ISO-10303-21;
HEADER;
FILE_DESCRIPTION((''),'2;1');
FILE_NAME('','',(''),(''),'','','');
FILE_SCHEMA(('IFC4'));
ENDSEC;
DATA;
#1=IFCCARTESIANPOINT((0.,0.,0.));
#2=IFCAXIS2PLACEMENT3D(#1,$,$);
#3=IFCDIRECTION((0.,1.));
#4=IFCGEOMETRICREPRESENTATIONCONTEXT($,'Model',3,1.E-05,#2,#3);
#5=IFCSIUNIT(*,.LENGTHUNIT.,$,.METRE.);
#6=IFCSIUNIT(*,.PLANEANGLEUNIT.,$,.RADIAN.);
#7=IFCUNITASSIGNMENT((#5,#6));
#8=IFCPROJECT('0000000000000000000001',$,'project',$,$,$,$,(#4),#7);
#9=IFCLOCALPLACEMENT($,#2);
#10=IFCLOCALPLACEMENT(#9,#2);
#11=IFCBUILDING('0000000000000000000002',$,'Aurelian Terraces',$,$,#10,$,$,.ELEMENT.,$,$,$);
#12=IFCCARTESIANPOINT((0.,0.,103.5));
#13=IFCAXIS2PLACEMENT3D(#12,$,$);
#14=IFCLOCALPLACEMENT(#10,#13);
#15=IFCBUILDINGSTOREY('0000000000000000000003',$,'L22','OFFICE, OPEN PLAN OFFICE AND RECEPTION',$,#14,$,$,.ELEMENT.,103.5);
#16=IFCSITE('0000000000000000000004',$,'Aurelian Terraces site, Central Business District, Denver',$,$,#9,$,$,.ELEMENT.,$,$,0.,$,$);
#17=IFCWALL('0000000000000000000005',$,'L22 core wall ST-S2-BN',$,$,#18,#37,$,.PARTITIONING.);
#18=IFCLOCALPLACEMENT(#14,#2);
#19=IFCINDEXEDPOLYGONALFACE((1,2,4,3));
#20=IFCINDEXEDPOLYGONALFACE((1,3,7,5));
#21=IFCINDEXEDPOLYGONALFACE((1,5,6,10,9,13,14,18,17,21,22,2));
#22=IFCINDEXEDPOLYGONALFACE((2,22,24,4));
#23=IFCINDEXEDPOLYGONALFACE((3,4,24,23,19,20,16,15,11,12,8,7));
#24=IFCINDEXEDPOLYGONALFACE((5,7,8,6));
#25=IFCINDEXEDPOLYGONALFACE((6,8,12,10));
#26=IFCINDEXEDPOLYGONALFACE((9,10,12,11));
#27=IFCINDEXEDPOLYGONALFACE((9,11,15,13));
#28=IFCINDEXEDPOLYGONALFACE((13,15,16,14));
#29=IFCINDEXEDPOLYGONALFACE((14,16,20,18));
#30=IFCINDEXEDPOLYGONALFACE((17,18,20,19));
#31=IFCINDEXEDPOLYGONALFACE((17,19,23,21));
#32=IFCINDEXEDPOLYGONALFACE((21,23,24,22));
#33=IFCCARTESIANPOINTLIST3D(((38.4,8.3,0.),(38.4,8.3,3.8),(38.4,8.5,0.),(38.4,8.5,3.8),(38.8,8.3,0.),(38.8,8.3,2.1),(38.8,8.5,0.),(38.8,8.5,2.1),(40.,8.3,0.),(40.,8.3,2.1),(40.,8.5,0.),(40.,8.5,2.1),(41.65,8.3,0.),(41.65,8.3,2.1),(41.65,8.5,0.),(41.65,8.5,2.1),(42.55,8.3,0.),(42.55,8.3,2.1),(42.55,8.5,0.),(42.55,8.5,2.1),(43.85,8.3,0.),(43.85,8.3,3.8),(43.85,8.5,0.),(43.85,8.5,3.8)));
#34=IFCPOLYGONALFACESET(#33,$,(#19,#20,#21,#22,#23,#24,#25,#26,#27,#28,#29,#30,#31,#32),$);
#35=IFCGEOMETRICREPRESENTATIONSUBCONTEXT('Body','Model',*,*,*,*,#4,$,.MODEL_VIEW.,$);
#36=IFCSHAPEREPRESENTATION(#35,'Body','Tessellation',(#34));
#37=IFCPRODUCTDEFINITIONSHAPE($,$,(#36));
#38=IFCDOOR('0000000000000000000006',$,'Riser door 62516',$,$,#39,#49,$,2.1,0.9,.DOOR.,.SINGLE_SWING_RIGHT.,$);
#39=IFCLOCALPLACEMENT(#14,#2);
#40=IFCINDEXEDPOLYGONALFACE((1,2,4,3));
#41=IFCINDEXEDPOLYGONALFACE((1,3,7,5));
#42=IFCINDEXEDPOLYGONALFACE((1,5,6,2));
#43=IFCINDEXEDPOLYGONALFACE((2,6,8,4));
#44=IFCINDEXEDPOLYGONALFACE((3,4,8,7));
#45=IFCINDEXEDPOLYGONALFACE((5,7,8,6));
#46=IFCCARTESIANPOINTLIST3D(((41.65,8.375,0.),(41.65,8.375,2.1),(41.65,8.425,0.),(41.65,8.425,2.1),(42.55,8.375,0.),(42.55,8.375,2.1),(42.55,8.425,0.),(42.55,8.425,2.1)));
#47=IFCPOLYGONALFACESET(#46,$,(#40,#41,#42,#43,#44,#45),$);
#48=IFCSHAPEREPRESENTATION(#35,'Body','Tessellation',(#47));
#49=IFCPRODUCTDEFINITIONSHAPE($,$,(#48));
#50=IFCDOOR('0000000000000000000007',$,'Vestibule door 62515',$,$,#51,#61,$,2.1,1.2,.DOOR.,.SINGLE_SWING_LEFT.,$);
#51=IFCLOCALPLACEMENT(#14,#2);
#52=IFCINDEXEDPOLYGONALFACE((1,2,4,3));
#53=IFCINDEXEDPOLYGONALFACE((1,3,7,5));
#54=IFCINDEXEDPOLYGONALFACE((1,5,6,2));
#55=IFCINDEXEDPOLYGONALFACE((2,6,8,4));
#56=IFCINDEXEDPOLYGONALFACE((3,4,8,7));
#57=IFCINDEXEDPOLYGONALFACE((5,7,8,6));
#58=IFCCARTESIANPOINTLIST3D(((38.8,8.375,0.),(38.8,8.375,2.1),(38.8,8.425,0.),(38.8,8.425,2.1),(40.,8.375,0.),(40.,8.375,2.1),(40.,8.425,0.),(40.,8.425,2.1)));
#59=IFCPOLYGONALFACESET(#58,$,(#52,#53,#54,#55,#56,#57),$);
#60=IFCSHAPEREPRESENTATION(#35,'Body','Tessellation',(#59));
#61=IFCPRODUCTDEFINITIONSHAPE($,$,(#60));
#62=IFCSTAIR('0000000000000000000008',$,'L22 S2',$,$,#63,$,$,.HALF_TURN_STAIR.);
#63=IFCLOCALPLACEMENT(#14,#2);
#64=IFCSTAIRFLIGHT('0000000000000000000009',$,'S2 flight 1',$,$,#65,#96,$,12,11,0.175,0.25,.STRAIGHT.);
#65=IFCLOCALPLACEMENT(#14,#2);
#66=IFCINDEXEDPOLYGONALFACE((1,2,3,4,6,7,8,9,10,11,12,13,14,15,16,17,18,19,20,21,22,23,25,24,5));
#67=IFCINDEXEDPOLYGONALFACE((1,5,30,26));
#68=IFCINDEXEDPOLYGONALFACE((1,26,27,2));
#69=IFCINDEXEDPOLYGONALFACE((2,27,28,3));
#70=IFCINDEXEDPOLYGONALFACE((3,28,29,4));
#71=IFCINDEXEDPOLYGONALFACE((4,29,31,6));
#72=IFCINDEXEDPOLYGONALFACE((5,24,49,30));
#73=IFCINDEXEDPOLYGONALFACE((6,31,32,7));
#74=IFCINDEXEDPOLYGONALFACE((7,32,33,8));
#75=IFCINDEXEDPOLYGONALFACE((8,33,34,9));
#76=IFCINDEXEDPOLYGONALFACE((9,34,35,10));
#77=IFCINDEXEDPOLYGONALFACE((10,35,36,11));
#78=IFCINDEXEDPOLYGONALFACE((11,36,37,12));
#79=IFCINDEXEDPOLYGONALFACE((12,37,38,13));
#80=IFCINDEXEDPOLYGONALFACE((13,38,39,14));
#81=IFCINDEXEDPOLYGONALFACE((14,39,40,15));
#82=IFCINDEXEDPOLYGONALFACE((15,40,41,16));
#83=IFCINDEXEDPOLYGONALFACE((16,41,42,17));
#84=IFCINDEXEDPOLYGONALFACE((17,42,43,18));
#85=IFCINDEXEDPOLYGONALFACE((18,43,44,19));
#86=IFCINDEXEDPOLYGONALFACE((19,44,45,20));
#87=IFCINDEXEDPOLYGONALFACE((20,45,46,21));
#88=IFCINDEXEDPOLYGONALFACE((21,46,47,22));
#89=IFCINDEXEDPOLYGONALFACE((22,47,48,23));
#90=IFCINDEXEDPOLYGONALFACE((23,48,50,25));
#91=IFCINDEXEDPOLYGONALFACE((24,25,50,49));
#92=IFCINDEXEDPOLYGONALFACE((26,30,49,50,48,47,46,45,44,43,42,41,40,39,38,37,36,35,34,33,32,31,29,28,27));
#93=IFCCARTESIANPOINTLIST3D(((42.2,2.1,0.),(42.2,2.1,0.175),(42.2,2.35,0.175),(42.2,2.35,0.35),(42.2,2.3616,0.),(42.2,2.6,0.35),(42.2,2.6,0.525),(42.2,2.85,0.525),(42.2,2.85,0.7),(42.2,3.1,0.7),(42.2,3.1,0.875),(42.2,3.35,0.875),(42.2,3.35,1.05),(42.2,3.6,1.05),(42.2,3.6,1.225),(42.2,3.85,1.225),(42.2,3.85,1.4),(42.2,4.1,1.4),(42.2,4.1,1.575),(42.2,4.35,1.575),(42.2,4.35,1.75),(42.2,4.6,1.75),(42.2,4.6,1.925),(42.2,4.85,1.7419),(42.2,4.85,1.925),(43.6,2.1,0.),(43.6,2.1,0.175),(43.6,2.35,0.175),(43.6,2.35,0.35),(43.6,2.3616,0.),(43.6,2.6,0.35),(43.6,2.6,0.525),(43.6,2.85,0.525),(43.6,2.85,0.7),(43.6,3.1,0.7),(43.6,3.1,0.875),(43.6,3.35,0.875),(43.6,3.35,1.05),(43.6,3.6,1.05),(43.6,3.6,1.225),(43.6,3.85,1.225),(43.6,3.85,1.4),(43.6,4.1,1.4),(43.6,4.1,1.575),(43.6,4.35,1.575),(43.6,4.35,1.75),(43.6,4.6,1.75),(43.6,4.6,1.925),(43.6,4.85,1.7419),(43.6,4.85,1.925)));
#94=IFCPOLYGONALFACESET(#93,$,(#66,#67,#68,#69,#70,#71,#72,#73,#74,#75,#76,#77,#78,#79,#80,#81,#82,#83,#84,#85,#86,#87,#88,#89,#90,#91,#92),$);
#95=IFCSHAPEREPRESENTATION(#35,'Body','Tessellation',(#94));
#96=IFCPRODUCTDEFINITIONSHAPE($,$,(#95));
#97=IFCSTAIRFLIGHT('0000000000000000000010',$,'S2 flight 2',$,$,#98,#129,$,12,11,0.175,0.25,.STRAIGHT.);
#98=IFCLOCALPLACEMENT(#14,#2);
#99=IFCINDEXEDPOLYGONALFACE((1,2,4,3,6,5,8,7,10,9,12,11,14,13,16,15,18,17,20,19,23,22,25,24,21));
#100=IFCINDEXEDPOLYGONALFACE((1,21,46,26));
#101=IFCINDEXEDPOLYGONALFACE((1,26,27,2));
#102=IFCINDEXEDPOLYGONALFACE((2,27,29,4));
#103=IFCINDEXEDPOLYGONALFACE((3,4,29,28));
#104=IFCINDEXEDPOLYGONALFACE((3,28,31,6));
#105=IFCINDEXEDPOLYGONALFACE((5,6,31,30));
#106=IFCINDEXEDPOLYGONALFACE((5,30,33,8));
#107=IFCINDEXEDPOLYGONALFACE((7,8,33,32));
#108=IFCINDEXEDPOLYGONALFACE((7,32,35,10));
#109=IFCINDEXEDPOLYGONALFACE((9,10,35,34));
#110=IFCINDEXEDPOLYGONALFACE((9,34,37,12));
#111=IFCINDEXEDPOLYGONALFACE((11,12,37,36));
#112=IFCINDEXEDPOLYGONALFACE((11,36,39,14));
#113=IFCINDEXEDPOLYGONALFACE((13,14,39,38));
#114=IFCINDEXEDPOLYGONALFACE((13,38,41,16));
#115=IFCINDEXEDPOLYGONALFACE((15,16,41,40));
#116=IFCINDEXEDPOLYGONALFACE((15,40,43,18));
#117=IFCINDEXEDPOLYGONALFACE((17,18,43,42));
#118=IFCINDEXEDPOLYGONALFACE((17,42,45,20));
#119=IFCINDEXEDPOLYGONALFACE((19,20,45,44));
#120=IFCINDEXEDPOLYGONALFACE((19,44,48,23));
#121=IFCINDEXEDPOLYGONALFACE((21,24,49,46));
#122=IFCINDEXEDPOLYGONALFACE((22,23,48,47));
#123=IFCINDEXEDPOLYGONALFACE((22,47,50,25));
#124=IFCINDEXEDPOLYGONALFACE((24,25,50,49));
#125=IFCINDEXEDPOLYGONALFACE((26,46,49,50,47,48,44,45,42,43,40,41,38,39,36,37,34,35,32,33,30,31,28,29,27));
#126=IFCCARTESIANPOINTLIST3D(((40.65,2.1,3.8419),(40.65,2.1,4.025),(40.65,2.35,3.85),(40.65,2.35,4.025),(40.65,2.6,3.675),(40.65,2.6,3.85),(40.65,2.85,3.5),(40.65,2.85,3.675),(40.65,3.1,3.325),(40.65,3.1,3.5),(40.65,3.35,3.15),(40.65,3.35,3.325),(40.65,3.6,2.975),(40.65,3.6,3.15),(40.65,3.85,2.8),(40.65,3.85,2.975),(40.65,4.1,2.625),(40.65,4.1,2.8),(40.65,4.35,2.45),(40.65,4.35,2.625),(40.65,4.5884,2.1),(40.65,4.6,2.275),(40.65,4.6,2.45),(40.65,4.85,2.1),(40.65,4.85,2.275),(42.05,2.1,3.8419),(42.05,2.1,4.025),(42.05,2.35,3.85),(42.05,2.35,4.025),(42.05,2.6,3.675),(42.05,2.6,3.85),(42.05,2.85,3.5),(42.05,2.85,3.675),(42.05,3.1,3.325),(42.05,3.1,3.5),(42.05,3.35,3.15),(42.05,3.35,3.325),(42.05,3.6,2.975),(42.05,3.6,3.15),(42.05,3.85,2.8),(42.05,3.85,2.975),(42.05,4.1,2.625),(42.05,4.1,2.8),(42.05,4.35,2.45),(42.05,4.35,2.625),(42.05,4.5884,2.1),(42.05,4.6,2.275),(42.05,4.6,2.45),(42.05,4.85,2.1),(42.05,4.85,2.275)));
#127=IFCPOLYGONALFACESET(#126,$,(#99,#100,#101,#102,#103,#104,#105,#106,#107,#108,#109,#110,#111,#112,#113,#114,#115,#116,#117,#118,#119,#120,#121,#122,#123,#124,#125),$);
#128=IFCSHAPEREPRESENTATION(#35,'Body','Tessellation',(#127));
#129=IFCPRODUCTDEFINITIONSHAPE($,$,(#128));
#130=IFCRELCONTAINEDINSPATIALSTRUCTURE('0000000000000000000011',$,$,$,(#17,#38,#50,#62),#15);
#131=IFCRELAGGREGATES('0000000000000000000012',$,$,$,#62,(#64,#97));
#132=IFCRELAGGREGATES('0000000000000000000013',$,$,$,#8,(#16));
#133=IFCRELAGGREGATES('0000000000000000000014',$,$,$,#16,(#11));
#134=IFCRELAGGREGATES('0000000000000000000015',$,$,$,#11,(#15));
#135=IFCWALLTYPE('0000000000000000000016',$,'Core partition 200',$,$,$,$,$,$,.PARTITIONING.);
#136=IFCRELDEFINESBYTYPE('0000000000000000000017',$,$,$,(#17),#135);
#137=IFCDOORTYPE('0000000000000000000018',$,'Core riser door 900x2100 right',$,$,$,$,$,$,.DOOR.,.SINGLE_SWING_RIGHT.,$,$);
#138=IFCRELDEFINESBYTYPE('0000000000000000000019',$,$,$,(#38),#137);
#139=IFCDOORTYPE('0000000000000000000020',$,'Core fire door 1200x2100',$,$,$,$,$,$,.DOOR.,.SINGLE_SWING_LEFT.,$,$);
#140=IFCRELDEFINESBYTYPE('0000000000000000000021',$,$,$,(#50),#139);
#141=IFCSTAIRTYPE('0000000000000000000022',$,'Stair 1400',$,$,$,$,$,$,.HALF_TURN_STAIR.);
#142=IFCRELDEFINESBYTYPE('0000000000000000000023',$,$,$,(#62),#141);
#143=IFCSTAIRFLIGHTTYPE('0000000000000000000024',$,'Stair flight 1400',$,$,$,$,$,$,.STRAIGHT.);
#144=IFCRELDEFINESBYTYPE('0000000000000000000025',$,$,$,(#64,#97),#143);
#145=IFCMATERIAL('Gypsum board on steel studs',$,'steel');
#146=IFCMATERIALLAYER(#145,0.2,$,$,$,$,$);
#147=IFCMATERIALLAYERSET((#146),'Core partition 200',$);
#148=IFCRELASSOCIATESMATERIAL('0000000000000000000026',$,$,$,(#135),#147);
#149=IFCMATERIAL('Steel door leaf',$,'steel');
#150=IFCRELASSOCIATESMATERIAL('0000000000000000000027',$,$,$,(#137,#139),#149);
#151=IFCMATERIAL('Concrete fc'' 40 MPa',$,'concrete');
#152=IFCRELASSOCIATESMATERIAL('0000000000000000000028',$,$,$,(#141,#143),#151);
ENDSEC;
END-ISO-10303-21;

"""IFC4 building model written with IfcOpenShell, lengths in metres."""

from ifc_helpers import new_model, si_unit, direction, frame, frame_2d, origin, place, context, subcontext, project, spatial, polyline, rectangle, outline, extrude, source, transform, mapped, material, layer, layer_set, type_object, element, fill, aggregate, save


model = new_model("IFC4")

# Units and contexts
model_context = context("Model", 3, precision=1e-05, world=origin(), true_north=direction((0.0, 1.0)))
body_context = subcontext(model_context, "Body", "Model", "MODEL_VIEW")
ifc_project = project(units=[si_unit("LENGTHUNIT", "METRE"), si_unit("PLANEANGLEUNIT", "RADIAN")], contexts=[model_context])

# Site, building, storey
site_placement = place(None, origin())
site = spatial("IfcSite", under=ifc_project, at=site_placement, Name="Aurelian Terraces site, Central Business District, Denver", CompositionType="ELEMENT", RefElevation=0.0)
building_placement = place(site_placement, origin())
building = spatial("IfcBuilding", under=site, at=building_placement, Name="Aurelian Terraces", CompositionType="ELEMENT")
storey_placement = place(building_placement, frame((0.0, 0.0, 103.5)))
storey = spatial("IfcBuildingStorey", under=building, at=storey_placement, Name="L22", Description="OFFICE, OPEN PLAN OFFICE AND RECEPTION", CompositionType="ELEMENT", Elevation=103.5)

# Shared definitions
ifc_material_1 = material(Name="Concrete fc' 40 MPa", Category="concrete")

# Shared definitions
ifc_material_2 = material(Name="Steel door leaf", Category="steel")

# Shared definitions
ifc_material_3 = material(Name="Gypsum board on steel studs", Category="steel")
ifc_layer_1 = layer(ifc_material_3, 0.2)
ifc_layer_set_1 = layer_set([ifc_layer_1], Name="Core partition 200")
wall_type_1 = type_object("IfcWallType", Name="Core partition 200", PredefinedType="PARTITIONING", material=ifc_layer_set_1)

# Wall, openings, doors
shared_shape_1 = source(origin(), body_context, "Body", "SweptSolid", [
    extrude(rectangle(XDim=5.45, YDim=0.2, at=frame_2d((2.725, 0.0))), origin(), (0.0, 0.0, 1.0), 3.8),
])
wall_1_placement = place(storey_placement, frame((38.4, 8.4, 0.0), z_axis=(0.0, 0.0, 1.0), x_axis=(1.0, 0.0, 0.0)))
wall_1 = element("IfcWall", 1, at=wall_1_placement, inside=storey, type_object=wall_type_1, Name="L22 core wall ST-S2-BN", PredefinedType="PARTITIONING", context=body_context, shape_type="MappedRepresentation", body=[
    mapped(shared_shape_1, transform((0.0, 0.0, 0.0), scale=1.0)),
])
shared_shape_2 = source(origin(), body_context, "Body", "SweptSolid", [
    extrude(rectangle(XDim=1.2, YDim=2.1, at=frame_2d((0.6, 1.05))), frame((0.0, 0.11, 0.0), z_axis=(0.0, -1.0, 0.0), x_axis=(1.0, 0.0, 0.0)), (0.0, 0.0, 1.0), 0.22),
])
opening_1_placement = place(wall_1_placement, frame((0.4, 0.0, 0.0)))
opening_1 = element("IfcOpeningElement", 2, at=opening_1_placement, cuts=wall_1, PredefinedType="OPENING", context=body_context, shape_type="MappedRepresentation", body=[
    mapped(shared_shape_2, transform((0.0, 0.0, 0.0), scale=1.0)),
])
shared_shape_3 = source(origin(), body_context, "Body", "SweptSolid", [
    extrude(rectangle(XDim=0.9, YDim=2.1, at=frame_2d((0.45, 1.05))), frame((0.0, 0.11, 0.0), z_axis=(0.0, -1.0, 0.0), x_axis=(1.0, 0.0, 0.0)), (0.0, 0.0, 1.0), 0.22),
])
opening_2_placement = place(wall_1_placement, frame((3.25, 0.0, 0.0)))
opening_2 = element("IfcOpeningElement", 3, at=opening_2_placement, cuts=wall_1, PredefinedType="OPENING", context=body_context, shape_type="MappedRepresentation", body=[
    mapped(shared_shape_3, transform((0.0, 0.0, 0.0), scale=1.0)),
])
door_type_1 = type_object("IfcDoorType", Name="Core riser door 900x2100 right", OperationType="SINGLE_SWING_RIGHT", PredefinedType="DOOR", material=ifc_material_2)
shared_shape_4 = source(origin(), body_context, "Body", "SweptSolid", [
    extrude(rectangle(XDim=0.9, YDim=2.1, at=frame_2d((0.45, 1.05))), frame((0.0, 0.025, 0.0), z_axis=(0.0, -1.0, 0.0), x_axis=(1.0, 0.0, 0.0)), (0.0, 0.0, 1.0), 0.05),
])
door_1_placement = place(opening_2_placement, origin())
door_1 = element("IfcDoor", 4, at=door_1_placement, inside=storey, type_object=door_type_1, Name="Riser door 62516", OperationType="SINGLE_SWING_RIGHT", OverallHeight=2.1, OverallWidth=0.9, PredefinedType="DOOR", context=body_context, shape_type="MappedRepresentation", body=[
    mapped(shared_shape_4, transform((0.0, 0.0, 0.0), scale=1.0)),
])
fill(opening_2, door_1)
door_type_2 = type_object("IfcDoorType", Name="Core fire door 1200x2100", OperationType="SINGLE_SWING_LEFT", PredefinedType="DOOR", material=ifc_material_2)
shared_shape_5 = source(origin(), body_context, "Body", "SweptSolid", [
    extrude(rectangle(XDim=1.2, YDim=2.1, at=frame_2d((0.6, 1.05))), frame((0.0, 0.025, 0.0), z_axis=(0.0, -1.0, 0.0), x_axis=(1.0, 0.0, 0.0)), (0.0, 0.0, 1.0), 0.05),
])
door_2_placement = place(opening_1_placement, origin())
door_2 = element("IfcDoor", 5, at=door_2_placement, inside=storey, type_object=door_type_2, Name="Vestibule door 62515", OperationType="SINGLE_SWING_LEFT", OverallHeight=2.1, OverallWidth=1.2, PredefinedType="DOOR", context=body_context, shape_type="MappedRepresentation", body=[
    mapped(shared_shape_5, transform((0.0, 0.0, 0.0), scale=1.0)),
])
fill(opening_1, door_2)

# Stair, stair flights
stair_type = type_object("IfcStairType", Name="Stair 1400", PredefinedType="HALF_TURN_STAIR", material=ifc_material_1)
stair_placement = place(storey_placement, origin())
stair = element("IfcStair", 6, at=stair_placement, inside=storey, type_object=stair_type, Name="L22 S2", PredefinedType="HALF_TURN_STAIR")
stair_flight_type = type_object("IfcStairFlightType", Name="Stair flight 1400", PredefinedType="STRAIGHT", material=ifc_material_1)
shared_shape_6 = source(origin(), body_context, "Body", "SweptSolid", [
    extrude(outline(polyline([(0.0, 0.0), (0.0, 0.175), (0.25, 0.175), (0.25, 0.35), (0.5, 0.35), (0.5, 0.525), (0.75, 0.525), (0.75, 0.7), (1.0, 0.7), (1.0, 0.875), (1.25, 0.875), (1.25, 1.05), (1.5, 1.05), (1.5, 1.225), (1.75, 1.225), (1.75, 1.4), (2.0, 1.4), (2.0, 1.575), (2.25, 1.575), (2.25, 1.75), (2.5, 1.75), (2.5, 1.925), (2.75, 1.925), (2.75, 2.1), (2.75, 1.7419), (0.2616, 0.0), (0.0, 0.0)])), frame((0.0, 0.7, 0.0), z_axis=(0.0, -1.0, 0.0), x_axis=(1.0, 0.0, 0.0)), (0.0, 0.0, 1.0), 1.4),
])
stair_flight_1_placement = place(storey_placement, frame((42.9, 2.1, 0.0), z_axis=(0.0, 0.0, 1.0), x_axis=(0.0, 1.0, 0.0)))
stair_flight_1 = element("IfcStairFlight", 7, at=stair_flight_1_placement, type_object=stair_flight_type, Name="S2 flight 1", NumberOfRisers=12, NumberOfTreads=11, PredefinedType="STRAIGHT", RiserHeight=0.175, TreadLength=0.25, context=body_context, shape_type="MappedRepresentation", body=[
    mapped(shared_shape_6, transform((0.0, 0.0, 0.0), scale=1.0)),
])
stair_flight_2_placement = place(storey_placement, frame((41.35, 4.85, 2.1), z_axis=(0.0, 0.0, 1.0), x_axis=(0.0, -1.0, 0.0)))
stair_flight_2 = element("IfcStairFlight", 8, at=stair_flight_2_placement, type_object=stair_flight_type, Name="S2 flight 2", NumberOfRisers=12, NumberOfTreads=11, PredefinedType="STRAIGHT", RiserHeight=0.175, TreadLength=0.25, context=body_context, shape_type="MappedRepresentation", body=[
    mapped(shared_shape_6, transform((0.0, 0.0, 0.0), scale=1.0)),
])
aggregate(stair, [stair_flight_1, stair_flight_2])

save(model, "model.ifc")
